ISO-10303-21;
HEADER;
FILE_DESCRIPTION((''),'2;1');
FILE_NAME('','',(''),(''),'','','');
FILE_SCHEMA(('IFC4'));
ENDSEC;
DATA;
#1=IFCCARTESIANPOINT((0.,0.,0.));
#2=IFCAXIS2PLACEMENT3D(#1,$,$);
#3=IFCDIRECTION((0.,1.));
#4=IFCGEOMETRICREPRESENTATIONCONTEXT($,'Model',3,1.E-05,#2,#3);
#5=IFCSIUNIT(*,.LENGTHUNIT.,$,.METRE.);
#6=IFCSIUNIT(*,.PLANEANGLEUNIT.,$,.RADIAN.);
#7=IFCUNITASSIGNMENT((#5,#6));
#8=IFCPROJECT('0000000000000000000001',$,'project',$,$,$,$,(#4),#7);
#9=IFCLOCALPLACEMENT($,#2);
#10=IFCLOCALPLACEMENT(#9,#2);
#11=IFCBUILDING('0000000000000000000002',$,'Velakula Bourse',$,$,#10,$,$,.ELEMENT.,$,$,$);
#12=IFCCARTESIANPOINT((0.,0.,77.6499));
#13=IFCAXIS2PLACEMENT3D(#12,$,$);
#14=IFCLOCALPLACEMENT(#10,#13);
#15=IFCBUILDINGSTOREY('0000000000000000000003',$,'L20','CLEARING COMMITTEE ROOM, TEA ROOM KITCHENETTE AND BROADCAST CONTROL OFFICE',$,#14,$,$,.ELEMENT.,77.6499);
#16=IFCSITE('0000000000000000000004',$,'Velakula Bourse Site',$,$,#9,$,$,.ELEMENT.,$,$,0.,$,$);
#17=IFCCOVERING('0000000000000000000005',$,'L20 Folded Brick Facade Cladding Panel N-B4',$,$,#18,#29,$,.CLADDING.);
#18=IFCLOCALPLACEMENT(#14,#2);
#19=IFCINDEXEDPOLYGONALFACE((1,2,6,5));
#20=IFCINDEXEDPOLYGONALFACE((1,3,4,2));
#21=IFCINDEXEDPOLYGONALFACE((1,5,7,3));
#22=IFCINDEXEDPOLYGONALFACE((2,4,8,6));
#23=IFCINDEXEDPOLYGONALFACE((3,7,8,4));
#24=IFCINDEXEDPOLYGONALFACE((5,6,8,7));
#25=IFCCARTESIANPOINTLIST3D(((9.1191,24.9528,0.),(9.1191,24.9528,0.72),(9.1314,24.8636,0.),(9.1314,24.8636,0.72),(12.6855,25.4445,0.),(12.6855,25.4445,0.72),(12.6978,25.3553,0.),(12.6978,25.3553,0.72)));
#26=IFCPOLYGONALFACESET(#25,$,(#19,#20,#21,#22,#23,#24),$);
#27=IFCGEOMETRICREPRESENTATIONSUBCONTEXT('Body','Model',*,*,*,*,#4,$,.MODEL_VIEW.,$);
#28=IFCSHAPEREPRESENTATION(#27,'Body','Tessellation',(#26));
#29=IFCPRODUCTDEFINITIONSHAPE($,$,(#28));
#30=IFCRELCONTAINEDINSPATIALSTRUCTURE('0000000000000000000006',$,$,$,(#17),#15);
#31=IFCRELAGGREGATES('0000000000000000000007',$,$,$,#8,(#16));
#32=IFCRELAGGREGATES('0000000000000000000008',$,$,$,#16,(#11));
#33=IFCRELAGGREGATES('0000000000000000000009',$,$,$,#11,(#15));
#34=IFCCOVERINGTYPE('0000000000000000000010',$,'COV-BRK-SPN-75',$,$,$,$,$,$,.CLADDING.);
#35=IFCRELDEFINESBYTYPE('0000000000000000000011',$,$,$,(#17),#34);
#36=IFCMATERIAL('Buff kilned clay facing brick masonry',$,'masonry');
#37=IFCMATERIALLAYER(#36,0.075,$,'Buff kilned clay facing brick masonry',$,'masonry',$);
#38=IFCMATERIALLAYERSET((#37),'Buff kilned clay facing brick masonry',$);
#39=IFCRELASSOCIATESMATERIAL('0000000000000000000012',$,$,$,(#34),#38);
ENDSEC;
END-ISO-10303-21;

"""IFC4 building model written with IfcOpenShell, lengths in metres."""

from ifc_helpers import new_model, si_unit, direction, frame, origin, origin_2d, place, context, subcontext, project, spatial, rectangle, extrude, material, layer, layer_set, type_object, element, save


model = new_model("IFC4")

# Units and contexts
model_context = context("Model", 3, precision=1e-05, world=origin(), true_north=direction((0.0, 1.0)))
body_context = subcontext(model_context, "Body", "Model", "MODEL_VIEW")
ifc_project = project(units=[si_unit("LENGTHUNIT", "METRE"), si_unit("PLANEANGLEUNIT", "RADIAN")], contexts=[model_context])

# Site, building, storey
site_placement = place(None, origin())
site = spatial("IfcSite", under=ifc_project, at=site_placement, Name="Velakula Bourse Site", CompositionType="ELEMENT", RefElevation=0.0)
building_placement = place(site_placement, origin())
building = spatial("IfcBuilding", under=site, at=building_placement, Name="Velakula Bourse", CompositionType="ELEMENT")
storey_placement = place(building_placement, frame((0.0, 0.0, 77.6499)))
storey = spatial("IfcBuildingStorey", under=building, at=storey_placement, Name="L20", Description="CLEARING COMMITTEE ROOM, TEA ROOM KITCHENETTE AND BROADCAST CONTROL OFFICE", CompositionType="ELEMENT", Elevation=77.6499)

# Covering
ifc_material_1 = material(Name="Buff kilned clay facing brick masonry", Category="masonry")
ifc_layer_1 = layer(ifc_material_1, 0.075, Name="Buff kilned clay facing brick masonry", Category="masonry")
ifc_layer_set_1 = layer_set([ifc_layer_1], Name="Buff kilned clay facing brick masonry")
covering_type = type_object("IfcCoveringType", Name="COV-BRK-SPN-75", PredefinedType="CLADDING", material=ifc_layer_set_1)
covering_placement = place(storey_placement, frame((10.9084, 25.1541, 0.0), z_axis=(0.0, 0.0, 1.0), x_axis=(0.990629, 0.13658, 0.0)))
element("IfcCovering", 1, at=covering_placement, inside=storey, type_object=covering_type, Name="L20 Folded Brick Facade Cladding Panel N-B4", PredefinedType="CLADDING", context=body_context, shape_type="SweptSolid", body=[
    extrude(rectangle(XDim=3.6001, YDim=0.0901, at=origin_2d()), origin(), (0.0, 0.0, 1.0), 0.72),
])

save(model, "model.ifc")
